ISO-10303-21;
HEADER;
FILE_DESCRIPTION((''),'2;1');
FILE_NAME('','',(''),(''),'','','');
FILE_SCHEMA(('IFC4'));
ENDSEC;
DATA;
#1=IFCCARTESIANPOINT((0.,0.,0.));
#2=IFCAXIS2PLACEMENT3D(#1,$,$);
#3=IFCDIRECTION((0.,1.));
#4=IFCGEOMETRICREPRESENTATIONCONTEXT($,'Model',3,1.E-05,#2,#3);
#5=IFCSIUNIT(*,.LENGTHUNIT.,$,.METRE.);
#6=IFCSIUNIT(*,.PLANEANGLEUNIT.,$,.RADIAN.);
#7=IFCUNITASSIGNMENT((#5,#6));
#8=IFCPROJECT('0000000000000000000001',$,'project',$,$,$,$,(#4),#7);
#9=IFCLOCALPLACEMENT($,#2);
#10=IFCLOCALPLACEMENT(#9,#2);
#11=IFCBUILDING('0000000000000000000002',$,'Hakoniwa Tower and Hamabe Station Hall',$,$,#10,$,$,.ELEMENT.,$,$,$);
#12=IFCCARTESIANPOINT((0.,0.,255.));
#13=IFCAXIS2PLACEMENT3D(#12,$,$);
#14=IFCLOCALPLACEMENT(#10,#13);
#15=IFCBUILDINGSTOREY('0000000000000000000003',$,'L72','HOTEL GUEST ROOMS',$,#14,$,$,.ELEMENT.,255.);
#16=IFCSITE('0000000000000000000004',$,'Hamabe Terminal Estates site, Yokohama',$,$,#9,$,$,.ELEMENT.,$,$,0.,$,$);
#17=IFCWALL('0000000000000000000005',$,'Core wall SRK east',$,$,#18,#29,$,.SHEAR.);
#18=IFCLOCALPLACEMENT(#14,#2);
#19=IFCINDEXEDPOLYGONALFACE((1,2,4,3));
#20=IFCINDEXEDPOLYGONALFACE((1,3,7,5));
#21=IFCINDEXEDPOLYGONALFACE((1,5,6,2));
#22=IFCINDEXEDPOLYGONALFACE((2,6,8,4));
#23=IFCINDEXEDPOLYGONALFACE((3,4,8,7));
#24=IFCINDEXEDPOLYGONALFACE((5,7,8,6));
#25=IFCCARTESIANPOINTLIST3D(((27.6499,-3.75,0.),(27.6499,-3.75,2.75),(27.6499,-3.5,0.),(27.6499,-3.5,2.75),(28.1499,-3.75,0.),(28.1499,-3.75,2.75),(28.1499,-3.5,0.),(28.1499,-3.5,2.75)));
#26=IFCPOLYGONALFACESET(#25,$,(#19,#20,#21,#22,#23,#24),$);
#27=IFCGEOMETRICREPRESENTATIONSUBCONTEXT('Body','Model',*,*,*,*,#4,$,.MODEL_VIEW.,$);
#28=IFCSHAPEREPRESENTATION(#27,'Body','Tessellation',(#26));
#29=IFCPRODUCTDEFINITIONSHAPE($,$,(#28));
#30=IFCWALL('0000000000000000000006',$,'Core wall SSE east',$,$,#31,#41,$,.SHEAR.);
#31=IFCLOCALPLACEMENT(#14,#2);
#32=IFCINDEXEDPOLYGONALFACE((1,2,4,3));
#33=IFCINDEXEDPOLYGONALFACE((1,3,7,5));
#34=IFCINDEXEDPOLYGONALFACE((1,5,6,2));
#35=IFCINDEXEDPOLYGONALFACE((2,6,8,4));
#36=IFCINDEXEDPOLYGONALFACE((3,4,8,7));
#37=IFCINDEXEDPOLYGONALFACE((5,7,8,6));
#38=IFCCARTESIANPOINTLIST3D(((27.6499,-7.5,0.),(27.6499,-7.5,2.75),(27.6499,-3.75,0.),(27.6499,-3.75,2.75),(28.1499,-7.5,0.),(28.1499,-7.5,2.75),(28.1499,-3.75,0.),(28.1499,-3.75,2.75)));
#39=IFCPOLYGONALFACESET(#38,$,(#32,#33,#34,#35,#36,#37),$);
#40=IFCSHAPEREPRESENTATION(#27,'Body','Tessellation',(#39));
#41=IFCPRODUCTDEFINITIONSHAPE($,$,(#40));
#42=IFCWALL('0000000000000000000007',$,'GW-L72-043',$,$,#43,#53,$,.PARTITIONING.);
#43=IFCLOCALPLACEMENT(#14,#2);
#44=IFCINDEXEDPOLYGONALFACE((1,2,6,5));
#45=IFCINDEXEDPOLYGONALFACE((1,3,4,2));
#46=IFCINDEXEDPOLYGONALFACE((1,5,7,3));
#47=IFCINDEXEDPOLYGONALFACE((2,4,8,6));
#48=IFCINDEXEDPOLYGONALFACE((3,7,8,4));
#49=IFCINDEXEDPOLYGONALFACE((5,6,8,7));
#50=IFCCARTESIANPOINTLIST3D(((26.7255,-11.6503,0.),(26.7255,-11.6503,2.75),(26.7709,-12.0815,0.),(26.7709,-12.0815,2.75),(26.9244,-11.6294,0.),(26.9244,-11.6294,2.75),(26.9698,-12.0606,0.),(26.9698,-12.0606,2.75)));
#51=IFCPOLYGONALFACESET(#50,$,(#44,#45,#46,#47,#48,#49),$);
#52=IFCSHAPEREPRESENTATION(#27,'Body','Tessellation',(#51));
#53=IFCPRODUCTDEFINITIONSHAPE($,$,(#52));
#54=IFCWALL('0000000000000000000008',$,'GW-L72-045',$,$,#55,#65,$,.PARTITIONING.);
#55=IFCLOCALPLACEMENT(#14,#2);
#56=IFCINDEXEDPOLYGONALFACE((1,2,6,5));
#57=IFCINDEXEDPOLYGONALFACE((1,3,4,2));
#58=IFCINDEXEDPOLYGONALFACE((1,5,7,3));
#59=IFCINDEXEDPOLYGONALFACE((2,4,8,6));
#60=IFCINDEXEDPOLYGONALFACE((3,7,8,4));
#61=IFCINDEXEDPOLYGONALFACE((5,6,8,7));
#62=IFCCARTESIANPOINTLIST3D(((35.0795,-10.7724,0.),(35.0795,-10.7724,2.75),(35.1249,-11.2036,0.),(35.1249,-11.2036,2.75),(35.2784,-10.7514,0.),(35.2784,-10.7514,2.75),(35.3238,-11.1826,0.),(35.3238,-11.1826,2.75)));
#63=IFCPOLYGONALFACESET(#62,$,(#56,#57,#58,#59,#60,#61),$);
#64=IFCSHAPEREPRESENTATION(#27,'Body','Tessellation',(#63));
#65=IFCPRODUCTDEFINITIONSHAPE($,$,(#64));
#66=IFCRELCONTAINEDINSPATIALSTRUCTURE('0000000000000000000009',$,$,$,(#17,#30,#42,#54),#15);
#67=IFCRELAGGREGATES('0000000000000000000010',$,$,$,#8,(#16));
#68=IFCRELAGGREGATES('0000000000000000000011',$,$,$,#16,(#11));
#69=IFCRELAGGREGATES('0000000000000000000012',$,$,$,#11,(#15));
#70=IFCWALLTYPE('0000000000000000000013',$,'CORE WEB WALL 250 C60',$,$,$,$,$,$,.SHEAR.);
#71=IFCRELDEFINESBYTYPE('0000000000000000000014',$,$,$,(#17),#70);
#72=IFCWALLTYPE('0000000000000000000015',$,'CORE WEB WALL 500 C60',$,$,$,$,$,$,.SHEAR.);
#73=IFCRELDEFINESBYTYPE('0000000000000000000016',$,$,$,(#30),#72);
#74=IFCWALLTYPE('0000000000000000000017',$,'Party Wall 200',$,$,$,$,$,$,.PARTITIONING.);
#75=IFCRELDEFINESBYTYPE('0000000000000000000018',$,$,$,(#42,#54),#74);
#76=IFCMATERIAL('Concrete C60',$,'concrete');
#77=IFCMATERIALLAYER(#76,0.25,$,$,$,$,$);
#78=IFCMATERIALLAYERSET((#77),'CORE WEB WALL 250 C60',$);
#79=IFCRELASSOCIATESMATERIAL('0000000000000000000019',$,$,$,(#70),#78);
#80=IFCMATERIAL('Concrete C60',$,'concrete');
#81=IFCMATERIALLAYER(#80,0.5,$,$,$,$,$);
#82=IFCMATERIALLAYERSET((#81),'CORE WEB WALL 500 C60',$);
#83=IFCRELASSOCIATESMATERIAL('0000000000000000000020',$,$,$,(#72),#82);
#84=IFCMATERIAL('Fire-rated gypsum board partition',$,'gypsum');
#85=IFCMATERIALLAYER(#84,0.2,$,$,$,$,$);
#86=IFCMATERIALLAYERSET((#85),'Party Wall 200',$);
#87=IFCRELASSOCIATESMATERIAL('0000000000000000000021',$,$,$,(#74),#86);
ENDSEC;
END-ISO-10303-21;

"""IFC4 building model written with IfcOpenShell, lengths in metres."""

from ifc_helpers import new_model, si_unit, direction, frame, frame_2d, origin, place, context, subcontext, project, spatial, rectangle, extrude, material, layer, layer_set, type_object, element, save


model = new_model("IFC4")

# Units and contexts
model_context = context("Model", 3, precision=1e-05, world=origin(), true_north=direction((0.0, 1.0)))
body_context = subcontext(model_context, "Body", "Model", "MODEL_VIEW")
ifc_project = project(units=[si_unit("LENGTHUNIT", "METRE"), si_unit("PLANEANGLEUNIT", "RADIAN")], contexts=[model_context])

# Site, building, storey
site_placement = place(None, origin())
site = spatial("IfcSite", under=ifc_project, at=site_placement, Name="Hamabe Terminal Estates site, Yokohama", CompositionType="ELEMENT", RefElevation=0.0)
building_placement = place(site_placement, origin())
building = spatial("IfcBuilding", under=site, at=building_placement, Name="Hakoniwa Tower and Hamabe Station Hall", CompositionType="ELEMENT")
storey_placement = place(building_placement, frame((0.0, 0.0, 255.0)))
storey = spatial("IfcBuildingStorey", under=building, at=storey_placement, Name="L72", Description="HOTEL GUEST ROOMS", CompositionType="ELEMENT", Elevation=255.0)

# Shared definitions
ifc_material_1 = material(Name="Concrete C60", Category="concrete")
ifc_layer_1 = layer(ifc_material_1, 0.25)
ifc_layer_set_1 = layer_set([ifc_layer_1], Name="CORE WEB WALL 250 C60")
wall_type_1 = type_object("IfcWallType", Name="CORE WEB WALL 250 C60", PredefinedType="SHEAR", material=ifc_layer_set_1)

# Walls
wall_1_placement = place(storey_placement, frame((27.6499, -3.625, 0.0), z_axis=(0.0, 0.0, 1.0), x_axis=(1.0, 0.0, 0.0)))
element("IfcWall", 1, at=wall_1_placement, inside=storey, type_object=wall_type_1, Name="Core wall SRK east", PredefinedType="SHEAR", context=body_context, shape_type="SweptSolid", body=[
    extrude(rectangle(XDim=0.5, YDim=0.25, at=frame_2d((0.25, 0.0))), origin(), (0.0, 0.0, 1.0), 2.75),
])
ifc_material_2 = material(Name="Concrete C60", Category="concrete")
ifc_layer_2 = layer(ifc_material_2, 0.5)
ifc_layer_set_2 = layer_set([ifc_layer_2], Name="CORE WEB WALL 500 C60")
wall_type_2 = type_object("IfcWallType", Name="CORE WEB WALL 500 C60", PredefinedType="SHEAR", material=ifc_layer_set_2)
wall_2_placement = place(storey_placement, frame((27.8999, -7.5, 0.0), z_axis=(0.0, 0.0, 1.0), x_axis=(0.0, 1.0, 0.0)))
element("IfcWall", 2, at=wall_2_placement, inside=storey, type_object=wall_type_2, Name="Core wall SSE east", PredefinedType="SHEAR", context=body_context, shape_type="SweptSolid", body=[
    extrude(rectangle(XDim=3.75, YDim=0.5, at=frame_2d((1.875, 0.0))), origin(), (0.0, 0.0, 1.0), 2.75),
])
ifc_material_3 = material(Name="Fire-rated gypsum board partition", Category="gypsum")
ifc_layer_3 = layer(ifc_material_3, 0.2)
ifc_layer_set_3 = layer_set([ifc_layer_3], Name="Party Wall 200")
wall_type_3 = type_object("IfcWallType", Name="Party Wall 200", PredefinedType="PARTITIONING", material=ifc_layer_set_3)
for number, where, z_axis, x_axis, name in (
    (3, (26.8704, -12.071, 0.0), (0.0, 0.0, 1.0), (-0.104743, 0.994499, 0.0), "GW-L72-043"),
    (4, (35.2244, -11.1931, 0.0), (0.0, 0.0, 1.0), (-0.104743, 0.994499, 0.0), "GW-L72-045"),
):
    element("IfcWall", number, at=place(storey_placement, frame(where, z_axis=z_axis, x_axis=x_axis)), inside=storey, type_object=wall_type_3, Name=name, PredefinedType="PARTITIONING", context=body_context, shape_type="SweptSolid", body=[
        extrude(rectangle(XDim=0.4336, YDim=0.2, at=frame_2d((0.2168, 0.0))), origin(), (0.0, 0.0, 1.0), 2.75),
    ])

save(model, "model.ifc")
